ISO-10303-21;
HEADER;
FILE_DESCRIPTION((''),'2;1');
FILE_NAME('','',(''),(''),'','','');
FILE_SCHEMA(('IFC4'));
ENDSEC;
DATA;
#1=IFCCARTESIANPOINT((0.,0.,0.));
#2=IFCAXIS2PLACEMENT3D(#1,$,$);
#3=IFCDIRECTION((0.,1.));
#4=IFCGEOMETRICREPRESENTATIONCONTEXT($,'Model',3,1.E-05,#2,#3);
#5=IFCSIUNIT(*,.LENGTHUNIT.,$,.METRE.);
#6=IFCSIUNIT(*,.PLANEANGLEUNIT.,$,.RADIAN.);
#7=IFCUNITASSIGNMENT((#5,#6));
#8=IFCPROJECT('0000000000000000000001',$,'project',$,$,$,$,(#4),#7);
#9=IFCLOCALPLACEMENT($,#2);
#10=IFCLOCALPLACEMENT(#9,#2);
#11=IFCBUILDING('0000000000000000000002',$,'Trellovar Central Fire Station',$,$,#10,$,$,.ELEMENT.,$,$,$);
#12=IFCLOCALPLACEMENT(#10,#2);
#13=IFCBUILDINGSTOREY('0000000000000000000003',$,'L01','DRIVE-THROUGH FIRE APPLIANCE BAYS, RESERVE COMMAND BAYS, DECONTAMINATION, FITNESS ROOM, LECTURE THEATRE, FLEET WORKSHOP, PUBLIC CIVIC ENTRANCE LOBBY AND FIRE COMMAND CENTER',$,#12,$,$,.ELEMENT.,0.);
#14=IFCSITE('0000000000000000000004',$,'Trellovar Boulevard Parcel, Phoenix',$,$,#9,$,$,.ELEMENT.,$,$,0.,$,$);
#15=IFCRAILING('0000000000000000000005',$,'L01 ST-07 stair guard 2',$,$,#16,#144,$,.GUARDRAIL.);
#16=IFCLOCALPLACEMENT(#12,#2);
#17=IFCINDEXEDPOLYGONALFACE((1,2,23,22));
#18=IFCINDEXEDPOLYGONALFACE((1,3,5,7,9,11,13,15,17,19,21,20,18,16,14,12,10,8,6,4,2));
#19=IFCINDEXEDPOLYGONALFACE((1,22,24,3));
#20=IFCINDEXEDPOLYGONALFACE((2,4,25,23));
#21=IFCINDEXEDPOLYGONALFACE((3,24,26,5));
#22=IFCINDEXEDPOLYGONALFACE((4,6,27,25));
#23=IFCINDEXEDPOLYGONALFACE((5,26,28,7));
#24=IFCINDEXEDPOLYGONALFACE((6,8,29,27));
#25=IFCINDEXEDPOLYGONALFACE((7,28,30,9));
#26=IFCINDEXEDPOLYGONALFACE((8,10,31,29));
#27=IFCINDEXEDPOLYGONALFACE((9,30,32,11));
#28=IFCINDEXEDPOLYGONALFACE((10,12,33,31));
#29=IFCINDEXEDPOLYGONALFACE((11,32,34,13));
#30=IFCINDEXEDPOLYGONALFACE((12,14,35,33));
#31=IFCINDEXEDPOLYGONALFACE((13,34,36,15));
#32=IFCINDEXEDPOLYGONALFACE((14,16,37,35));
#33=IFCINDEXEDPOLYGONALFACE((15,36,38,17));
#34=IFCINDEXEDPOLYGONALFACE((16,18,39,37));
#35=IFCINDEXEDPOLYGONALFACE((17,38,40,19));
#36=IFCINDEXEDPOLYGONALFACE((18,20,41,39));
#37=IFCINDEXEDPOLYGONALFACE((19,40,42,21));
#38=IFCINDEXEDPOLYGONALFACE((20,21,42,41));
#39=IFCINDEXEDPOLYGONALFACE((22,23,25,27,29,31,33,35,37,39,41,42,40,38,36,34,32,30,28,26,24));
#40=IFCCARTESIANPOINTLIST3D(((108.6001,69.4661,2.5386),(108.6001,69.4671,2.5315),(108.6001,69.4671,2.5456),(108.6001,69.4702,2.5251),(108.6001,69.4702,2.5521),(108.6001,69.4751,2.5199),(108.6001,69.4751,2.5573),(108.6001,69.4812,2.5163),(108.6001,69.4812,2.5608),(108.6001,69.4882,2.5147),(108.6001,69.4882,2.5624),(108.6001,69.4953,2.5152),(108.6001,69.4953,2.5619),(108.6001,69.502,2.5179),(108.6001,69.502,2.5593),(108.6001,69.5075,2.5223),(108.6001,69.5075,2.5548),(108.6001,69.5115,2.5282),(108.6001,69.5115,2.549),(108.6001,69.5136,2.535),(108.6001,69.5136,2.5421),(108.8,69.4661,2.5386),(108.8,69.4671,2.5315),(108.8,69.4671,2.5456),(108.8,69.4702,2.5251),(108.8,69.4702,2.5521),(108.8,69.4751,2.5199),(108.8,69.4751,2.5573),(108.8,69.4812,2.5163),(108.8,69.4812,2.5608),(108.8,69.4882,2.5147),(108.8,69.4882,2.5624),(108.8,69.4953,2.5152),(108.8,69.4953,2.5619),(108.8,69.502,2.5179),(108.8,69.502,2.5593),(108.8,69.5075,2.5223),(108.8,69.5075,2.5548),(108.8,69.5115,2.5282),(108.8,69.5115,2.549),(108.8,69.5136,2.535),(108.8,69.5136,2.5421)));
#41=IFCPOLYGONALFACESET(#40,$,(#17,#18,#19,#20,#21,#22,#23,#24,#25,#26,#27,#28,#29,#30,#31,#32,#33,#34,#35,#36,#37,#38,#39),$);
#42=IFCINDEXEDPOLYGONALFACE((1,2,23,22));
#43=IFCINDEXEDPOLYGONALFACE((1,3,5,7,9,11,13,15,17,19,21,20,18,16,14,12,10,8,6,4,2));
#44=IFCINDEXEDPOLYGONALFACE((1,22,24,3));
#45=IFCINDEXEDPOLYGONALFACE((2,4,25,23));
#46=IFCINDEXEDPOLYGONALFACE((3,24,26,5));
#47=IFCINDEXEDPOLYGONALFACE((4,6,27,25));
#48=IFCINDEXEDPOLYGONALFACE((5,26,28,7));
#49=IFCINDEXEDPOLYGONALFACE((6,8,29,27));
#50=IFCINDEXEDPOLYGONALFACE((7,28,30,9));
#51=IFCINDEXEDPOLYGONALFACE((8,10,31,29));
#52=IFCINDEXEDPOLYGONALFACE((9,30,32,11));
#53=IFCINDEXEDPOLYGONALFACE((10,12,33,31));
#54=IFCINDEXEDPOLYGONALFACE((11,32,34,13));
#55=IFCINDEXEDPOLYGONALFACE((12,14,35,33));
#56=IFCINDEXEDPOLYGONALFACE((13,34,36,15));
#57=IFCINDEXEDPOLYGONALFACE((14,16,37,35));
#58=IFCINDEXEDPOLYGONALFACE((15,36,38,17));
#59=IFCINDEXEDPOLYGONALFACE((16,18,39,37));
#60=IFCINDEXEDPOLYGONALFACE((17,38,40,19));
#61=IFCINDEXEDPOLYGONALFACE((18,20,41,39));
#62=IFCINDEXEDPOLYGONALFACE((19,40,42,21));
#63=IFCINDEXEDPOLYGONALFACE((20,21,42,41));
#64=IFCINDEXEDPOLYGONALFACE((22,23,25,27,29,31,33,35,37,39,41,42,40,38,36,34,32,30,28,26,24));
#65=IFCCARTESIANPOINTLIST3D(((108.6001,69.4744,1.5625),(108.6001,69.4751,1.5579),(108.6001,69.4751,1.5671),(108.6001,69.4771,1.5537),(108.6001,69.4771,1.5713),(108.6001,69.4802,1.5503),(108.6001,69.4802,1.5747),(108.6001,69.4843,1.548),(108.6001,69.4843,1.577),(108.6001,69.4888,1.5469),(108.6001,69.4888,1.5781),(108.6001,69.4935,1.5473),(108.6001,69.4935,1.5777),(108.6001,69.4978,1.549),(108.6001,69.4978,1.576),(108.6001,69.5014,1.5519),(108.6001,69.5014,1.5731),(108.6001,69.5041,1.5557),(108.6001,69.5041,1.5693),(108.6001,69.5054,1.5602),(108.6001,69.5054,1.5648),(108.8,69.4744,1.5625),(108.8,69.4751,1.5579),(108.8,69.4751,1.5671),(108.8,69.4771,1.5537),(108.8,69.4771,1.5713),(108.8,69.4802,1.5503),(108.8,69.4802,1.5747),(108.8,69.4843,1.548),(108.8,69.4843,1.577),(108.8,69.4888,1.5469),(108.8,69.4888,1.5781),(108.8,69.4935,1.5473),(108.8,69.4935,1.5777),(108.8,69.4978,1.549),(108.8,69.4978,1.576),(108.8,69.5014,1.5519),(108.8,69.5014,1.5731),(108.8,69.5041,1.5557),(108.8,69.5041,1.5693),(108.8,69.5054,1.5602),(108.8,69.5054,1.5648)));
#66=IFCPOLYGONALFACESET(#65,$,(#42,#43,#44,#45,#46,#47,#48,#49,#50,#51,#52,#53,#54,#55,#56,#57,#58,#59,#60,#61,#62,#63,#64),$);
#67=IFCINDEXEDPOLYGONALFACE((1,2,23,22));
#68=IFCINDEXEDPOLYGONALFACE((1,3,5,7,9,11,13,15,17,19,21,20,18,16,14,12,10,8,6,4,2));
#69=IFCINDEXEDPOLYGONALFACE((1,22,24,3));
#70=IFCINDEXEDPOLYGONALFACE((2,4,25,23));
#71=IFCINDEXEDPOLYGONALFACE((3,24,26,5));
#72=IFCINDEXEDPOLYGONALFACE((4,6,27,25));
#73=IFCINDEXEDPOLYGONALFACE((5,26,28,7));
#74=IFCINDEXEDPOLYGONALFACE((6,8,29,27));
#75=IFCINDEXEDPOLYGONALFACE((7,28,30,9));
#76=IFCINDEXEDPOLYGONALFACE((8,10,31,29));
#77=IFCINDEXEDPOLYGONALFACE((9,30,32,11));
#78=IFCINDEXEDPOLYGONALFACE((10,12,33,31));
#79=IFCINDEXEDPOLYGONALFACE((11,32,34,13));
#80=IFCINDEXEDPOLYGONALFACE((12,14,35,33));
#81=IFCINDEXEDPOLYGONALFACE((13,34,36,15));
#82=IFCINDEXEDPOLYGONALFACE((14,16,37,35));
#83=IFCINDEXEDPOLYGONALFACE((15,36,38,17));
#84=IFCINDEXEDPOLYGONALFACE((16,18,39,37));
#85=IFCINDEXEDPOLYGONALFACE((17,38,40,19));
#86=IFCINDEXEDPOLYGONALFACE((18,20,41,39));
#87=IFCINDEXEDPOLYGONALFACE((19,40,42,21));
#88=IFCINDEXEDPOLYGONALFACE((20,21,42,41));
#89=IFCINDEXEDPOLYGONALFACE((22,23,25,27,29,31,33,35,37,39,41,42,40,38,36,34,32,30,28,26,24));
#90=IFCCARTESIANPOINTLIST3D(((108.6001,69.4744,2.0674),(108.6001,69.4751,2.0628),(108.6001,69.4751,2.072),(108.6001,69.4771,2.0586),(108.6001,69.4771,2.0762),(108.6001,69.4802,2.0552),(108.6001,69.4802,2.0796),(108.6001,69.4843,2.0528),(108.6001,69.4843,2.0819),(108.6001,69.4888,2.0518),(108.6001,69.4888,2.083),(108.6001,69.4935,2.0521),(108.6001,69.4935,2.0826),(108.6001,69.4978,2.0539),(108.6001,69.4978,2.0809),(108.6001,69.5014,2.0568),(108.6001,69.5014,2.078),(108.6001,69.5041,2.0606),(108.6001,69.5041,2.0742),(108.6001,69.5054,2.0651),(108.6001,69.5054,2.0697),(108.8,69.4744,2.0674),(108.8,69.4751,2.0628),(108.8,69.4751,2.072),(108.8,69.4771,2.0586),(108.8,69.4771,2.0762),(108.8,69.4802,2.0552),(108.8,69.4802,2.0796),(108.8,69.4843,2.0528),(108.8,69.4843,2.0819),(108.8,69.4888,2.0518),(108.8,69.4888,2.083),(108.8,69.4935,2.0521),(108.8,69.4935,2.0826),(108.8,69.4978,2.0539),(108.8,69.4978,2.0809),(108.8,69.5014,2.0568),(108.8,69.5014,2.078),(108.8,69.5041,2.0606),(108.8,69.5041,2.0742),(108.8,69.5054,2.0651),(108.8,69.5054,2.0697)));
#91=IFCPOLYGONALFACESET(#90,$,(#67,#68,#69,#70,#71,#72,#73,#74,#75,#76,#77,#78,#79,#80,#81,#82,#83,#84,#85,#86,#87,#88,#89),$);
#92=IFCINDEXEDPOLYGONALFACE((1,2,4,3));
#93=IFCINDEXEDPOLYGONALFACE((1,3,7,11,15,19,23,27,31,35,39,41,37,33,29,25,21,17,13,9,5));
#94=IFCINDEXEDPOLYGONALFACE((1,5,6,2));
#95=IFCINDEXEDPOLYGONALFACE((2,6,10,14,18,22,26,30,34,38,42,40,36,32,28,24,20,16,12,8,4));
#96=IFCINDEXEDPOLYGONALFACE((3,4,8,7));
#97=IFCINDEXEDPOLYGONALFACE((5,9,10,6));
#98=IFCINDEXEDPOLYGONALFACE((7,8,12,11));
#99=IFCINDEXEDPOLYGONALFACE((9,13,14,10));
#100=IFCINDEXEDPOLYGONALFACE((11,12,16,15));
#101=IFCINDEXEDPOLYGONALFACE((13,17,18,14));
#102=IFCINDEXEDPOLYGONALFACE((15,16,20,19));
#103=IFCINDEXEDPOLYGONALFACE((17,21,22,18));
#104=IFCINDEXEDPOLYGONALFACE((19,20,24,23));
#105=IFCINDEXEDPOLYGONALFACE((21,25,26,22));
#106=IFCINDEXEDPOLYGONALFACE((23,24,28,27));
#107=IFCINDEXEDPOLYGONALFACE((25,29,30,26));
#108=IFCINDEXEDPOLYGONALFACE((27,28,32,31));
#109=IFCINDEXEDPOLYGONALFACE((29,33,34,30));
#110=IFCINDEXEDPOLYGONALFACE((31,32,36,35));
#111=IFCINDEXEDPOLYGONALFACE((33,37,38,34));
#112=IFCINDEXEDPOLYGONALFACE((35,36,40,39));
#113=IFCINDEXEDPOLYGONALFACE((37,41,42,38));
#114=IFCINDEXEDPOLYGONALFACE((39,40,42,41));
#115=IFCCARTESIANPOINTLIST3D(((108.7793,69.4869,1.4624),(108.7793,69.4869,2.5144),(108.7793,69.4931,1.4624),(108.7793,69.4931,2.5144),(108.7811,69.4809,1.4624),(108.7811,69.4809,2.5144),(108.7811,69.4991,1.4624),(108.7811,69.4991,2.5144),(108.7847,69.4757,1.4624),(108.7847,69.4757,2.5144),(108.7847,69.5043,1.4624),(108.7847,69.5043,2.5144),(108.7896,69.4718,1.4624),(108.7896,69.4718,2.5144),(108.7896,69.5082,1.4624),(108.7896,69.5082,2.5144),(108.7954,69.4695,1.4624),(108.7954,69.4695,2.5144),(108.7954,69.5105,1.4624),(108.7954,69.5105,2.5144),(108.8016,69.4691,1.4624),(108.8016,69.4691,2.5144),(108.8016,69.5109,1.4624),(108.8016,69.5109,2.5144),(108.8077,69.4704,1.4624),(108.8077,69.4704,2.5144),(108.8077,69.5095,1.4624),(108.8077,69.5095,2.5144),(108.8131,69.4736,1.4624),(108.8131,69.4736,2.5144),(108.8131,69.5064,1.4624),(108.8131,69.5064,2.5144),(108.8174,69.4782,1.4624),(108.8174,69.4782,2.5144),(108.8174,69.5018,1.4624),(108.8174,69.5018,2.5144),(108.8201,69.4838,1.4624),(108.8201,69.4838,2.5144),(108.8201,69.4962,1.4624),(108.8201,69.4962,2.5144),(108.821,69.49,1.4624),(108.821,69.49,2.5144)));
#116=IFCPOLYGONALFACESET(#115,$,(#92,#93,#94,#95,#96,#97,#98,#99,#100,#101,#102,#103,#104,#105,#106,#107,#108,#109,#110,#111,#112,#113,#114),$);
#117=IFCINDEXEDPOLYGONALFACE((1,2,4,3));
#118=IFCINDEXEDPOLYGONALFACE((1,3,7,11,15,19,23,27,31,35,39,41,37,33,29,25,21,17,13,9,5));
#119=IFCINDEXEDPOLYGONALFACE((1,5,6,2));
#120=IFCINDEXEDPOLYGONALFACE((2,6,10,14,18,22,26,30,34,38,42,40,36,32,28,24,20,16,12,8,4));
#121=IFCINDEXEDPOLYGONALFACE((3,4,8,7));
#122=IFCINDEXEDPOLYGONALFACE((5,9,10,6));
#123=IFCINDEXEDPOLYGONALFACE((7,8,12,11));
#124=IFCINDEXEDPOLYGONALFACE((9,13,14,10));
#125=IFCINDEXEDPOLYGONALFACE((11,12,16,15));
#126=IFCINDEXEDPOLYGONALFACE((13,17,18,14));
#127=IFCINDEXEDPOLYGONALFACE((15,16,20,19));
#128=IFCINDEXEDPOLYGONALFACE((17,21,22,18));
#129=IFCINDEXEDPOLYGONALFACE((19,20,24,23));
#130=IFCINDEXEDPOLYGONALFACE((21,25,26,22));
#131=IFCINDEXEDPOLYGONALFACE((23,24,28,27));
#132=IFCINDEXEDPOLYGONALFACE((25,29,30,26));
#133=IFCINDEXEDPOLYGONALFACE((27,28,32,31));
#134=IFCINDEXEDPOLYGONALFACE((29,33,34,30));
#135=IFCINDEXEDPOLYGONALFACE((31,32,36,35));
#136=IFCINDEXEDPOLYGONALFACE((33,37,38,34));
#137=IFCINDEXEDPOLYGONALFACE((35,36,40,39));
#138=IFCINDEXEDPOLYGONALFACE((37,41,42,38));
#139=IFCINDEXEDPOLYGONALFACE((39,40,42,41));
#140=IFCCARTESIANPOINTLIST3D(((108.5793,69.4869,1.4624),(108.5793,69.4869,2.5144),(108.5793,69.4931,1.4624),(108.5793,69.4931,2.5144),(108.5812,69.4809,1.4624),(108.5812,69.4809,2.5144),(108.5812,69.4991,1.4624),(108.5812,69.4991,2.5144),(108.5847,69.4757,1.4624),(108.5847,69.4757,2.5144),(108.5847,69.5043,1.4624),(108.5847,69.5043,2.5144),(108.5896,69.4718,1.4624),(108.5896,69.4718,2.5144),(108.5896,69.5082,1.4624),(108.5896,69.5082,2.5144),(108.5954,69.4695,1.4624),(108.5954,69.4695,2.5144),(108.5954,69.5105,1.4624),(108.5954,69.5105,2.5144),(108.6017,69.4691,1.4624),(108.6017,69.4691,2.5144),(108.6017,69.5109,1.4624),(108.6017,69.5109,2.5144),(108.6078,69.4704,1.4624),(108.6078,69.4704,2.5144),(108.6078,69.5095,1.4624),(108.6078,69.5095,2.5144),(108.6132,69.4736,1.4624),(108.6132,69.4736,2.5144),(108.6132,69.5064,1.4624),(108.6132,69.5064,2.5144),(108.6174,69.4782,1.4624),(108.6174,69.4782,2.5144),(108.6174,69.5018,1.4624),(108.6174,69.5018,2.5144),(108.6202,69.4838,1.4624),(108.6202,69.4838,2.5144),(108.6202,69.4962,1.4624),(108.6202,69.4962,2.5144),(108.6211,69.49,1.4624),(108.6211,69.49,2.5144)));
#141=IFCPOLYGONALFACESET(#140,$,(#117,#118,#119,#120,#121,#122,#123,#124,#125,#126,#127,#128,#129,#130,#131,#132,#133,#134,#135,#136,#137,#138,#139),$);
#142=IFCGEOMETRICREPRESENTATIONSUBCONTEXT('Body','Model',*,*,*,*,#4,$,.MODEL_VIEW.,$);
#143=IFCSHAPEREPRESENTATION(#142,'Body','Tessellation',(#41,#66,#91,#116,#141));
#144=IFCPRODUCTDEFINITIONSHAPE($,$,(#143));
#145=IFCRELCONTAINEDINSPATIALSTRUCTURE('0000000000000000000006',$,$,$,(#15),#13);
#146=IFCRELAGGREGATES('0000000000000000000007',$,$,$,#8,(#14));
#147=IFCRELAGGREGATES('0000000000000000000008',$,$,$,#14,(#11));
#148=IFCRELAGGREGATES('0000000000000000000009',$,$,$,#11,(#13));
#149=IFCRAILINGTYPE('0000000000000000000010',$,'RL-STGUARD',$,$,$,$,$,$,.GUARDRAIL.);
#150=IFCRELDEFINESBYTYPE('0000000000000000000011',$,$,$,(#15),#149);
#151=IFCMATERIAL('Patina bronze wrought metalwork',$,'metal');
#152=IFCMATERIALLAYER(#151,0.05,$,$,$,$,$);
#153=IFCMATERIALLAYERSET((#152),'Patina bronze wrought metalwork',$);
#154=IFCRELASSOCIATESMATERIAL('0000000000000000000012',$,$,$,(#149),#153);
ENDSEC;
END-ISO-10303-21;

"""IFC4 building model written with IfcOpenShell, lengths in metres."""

from ifc_helpers import new_model, si_unit, direction, frame, origin, origin_2d, place, context, subcontext, project, spatial, circle, extrude, material, layer, layer_set, type_object, element, save


model = new_model("IFC4")

# Units and contexts
model_context = context("Model", 3, precision=1e-05, world=origin(), true_north=direction((0.0, 1.0)))
body_context = subcontext(model_context, "Body", "Model", "MODEL_VIEW")
ifc_project = project(units=[si_unit("LENGTHUNIT", "METRE"), si_unit("PLANEANGLEUNIT", "RADIAN")], contexts=[model_context])

# Site, building, storey
site_placement = place(None, origin())
site = spatial("IfcSite", under=ifc_project, at=site_placement, Name="Trellovar Boulevard Parcel, Phoenix", CompositionType="ELEMENT", RefElevation=0.0)
building_placement = place(site_placement, origin())
building = spatial("IfcBuilding", under=site, at=building_placement, Name="Trellovar Central Fire Station", CompositionType="ELEMENT")
storey_placement = place(building_placement, origin())
storey = spatial("IfcBuildingStorey", under=building, at=storey_placement, Name="L01", Description="DRIVE-THROUGH FIRE APPLIANCE BAYS, RESERVE COMMAND BAYS, DECONTAMINATION, FITNESS ROOM, LECTURE THEATRE, FLEET WORKSHOP, PUBLIC CIVIC ENTRANCE LOBBY AND FIRE COMMAND CENTER", CompositionType="ELEMENT", Elevation=0.0)

# Railing
ifc_material_1 = material(Name="Patina bronze wrought metalwork", Category="metal")
ifc_layer_1 = layer(ifc_material_1, 0.05)
ifc_layer_set_1 = layer_set([ifc_layer_1], Name="Patina bronze wrought metalwork")
railing_type_1 = type_object("IfcRailingType", Name="RL-STGUARD", PredefinedType="GUARDRAIL", material=ifc_layer_set_1)
railing_1_placement = place(storey_placement, frame((108.8, 69.49, 1.4624)))
element("IfcRailing", 1, at=railing_1_placement, inside=storey, type_object=railing_type_1, Name="L01 ST-07 stair guard 2", PredefinedType="GUARDRAIL", context=body_context, shape_type="SweptSolid", body=[
    extrude(circle(Radius=0.0239, at=origin_2d()), frame((0.0, 0.0, 1.0762), z_axis=(-1.0, 0.0, 0.0), x_axis=(0.0, -1.0, 0.0)), (0.0, 0.0, 1.0), 0.2),
    extrude(circle(Radius=0.0156, at=origin_2d()), frame((0.0, 0.0, 0.1001), z_axis=(-1.0, 0.0, 0.0), x_axis=(0.0, -1.0, 0.0)), (0.0, 0.0, 1.0), 0.2),
    extrude(circle(Radius=0.0156, at=origin_2d()), frame((0.0, 0.0, 0.605), z_axis=(-1.0, 0.0, 0.0), x_axis=(0.0, -1.0, 0.0)), (0.0, 0.0, 1.0), 0.2),
    extrude(circle(Radius=0.021, at=origin_2d()), origin(), (0.0, 0.0, 1.0), 1.052),
    extrude(circle(Radius=0.021, at=origin_2d()), frame((-0.2, 0.0, 0.0)), (0.0, 0.0, 1.0), 1.052),
])

save(model, "model.ifc")
